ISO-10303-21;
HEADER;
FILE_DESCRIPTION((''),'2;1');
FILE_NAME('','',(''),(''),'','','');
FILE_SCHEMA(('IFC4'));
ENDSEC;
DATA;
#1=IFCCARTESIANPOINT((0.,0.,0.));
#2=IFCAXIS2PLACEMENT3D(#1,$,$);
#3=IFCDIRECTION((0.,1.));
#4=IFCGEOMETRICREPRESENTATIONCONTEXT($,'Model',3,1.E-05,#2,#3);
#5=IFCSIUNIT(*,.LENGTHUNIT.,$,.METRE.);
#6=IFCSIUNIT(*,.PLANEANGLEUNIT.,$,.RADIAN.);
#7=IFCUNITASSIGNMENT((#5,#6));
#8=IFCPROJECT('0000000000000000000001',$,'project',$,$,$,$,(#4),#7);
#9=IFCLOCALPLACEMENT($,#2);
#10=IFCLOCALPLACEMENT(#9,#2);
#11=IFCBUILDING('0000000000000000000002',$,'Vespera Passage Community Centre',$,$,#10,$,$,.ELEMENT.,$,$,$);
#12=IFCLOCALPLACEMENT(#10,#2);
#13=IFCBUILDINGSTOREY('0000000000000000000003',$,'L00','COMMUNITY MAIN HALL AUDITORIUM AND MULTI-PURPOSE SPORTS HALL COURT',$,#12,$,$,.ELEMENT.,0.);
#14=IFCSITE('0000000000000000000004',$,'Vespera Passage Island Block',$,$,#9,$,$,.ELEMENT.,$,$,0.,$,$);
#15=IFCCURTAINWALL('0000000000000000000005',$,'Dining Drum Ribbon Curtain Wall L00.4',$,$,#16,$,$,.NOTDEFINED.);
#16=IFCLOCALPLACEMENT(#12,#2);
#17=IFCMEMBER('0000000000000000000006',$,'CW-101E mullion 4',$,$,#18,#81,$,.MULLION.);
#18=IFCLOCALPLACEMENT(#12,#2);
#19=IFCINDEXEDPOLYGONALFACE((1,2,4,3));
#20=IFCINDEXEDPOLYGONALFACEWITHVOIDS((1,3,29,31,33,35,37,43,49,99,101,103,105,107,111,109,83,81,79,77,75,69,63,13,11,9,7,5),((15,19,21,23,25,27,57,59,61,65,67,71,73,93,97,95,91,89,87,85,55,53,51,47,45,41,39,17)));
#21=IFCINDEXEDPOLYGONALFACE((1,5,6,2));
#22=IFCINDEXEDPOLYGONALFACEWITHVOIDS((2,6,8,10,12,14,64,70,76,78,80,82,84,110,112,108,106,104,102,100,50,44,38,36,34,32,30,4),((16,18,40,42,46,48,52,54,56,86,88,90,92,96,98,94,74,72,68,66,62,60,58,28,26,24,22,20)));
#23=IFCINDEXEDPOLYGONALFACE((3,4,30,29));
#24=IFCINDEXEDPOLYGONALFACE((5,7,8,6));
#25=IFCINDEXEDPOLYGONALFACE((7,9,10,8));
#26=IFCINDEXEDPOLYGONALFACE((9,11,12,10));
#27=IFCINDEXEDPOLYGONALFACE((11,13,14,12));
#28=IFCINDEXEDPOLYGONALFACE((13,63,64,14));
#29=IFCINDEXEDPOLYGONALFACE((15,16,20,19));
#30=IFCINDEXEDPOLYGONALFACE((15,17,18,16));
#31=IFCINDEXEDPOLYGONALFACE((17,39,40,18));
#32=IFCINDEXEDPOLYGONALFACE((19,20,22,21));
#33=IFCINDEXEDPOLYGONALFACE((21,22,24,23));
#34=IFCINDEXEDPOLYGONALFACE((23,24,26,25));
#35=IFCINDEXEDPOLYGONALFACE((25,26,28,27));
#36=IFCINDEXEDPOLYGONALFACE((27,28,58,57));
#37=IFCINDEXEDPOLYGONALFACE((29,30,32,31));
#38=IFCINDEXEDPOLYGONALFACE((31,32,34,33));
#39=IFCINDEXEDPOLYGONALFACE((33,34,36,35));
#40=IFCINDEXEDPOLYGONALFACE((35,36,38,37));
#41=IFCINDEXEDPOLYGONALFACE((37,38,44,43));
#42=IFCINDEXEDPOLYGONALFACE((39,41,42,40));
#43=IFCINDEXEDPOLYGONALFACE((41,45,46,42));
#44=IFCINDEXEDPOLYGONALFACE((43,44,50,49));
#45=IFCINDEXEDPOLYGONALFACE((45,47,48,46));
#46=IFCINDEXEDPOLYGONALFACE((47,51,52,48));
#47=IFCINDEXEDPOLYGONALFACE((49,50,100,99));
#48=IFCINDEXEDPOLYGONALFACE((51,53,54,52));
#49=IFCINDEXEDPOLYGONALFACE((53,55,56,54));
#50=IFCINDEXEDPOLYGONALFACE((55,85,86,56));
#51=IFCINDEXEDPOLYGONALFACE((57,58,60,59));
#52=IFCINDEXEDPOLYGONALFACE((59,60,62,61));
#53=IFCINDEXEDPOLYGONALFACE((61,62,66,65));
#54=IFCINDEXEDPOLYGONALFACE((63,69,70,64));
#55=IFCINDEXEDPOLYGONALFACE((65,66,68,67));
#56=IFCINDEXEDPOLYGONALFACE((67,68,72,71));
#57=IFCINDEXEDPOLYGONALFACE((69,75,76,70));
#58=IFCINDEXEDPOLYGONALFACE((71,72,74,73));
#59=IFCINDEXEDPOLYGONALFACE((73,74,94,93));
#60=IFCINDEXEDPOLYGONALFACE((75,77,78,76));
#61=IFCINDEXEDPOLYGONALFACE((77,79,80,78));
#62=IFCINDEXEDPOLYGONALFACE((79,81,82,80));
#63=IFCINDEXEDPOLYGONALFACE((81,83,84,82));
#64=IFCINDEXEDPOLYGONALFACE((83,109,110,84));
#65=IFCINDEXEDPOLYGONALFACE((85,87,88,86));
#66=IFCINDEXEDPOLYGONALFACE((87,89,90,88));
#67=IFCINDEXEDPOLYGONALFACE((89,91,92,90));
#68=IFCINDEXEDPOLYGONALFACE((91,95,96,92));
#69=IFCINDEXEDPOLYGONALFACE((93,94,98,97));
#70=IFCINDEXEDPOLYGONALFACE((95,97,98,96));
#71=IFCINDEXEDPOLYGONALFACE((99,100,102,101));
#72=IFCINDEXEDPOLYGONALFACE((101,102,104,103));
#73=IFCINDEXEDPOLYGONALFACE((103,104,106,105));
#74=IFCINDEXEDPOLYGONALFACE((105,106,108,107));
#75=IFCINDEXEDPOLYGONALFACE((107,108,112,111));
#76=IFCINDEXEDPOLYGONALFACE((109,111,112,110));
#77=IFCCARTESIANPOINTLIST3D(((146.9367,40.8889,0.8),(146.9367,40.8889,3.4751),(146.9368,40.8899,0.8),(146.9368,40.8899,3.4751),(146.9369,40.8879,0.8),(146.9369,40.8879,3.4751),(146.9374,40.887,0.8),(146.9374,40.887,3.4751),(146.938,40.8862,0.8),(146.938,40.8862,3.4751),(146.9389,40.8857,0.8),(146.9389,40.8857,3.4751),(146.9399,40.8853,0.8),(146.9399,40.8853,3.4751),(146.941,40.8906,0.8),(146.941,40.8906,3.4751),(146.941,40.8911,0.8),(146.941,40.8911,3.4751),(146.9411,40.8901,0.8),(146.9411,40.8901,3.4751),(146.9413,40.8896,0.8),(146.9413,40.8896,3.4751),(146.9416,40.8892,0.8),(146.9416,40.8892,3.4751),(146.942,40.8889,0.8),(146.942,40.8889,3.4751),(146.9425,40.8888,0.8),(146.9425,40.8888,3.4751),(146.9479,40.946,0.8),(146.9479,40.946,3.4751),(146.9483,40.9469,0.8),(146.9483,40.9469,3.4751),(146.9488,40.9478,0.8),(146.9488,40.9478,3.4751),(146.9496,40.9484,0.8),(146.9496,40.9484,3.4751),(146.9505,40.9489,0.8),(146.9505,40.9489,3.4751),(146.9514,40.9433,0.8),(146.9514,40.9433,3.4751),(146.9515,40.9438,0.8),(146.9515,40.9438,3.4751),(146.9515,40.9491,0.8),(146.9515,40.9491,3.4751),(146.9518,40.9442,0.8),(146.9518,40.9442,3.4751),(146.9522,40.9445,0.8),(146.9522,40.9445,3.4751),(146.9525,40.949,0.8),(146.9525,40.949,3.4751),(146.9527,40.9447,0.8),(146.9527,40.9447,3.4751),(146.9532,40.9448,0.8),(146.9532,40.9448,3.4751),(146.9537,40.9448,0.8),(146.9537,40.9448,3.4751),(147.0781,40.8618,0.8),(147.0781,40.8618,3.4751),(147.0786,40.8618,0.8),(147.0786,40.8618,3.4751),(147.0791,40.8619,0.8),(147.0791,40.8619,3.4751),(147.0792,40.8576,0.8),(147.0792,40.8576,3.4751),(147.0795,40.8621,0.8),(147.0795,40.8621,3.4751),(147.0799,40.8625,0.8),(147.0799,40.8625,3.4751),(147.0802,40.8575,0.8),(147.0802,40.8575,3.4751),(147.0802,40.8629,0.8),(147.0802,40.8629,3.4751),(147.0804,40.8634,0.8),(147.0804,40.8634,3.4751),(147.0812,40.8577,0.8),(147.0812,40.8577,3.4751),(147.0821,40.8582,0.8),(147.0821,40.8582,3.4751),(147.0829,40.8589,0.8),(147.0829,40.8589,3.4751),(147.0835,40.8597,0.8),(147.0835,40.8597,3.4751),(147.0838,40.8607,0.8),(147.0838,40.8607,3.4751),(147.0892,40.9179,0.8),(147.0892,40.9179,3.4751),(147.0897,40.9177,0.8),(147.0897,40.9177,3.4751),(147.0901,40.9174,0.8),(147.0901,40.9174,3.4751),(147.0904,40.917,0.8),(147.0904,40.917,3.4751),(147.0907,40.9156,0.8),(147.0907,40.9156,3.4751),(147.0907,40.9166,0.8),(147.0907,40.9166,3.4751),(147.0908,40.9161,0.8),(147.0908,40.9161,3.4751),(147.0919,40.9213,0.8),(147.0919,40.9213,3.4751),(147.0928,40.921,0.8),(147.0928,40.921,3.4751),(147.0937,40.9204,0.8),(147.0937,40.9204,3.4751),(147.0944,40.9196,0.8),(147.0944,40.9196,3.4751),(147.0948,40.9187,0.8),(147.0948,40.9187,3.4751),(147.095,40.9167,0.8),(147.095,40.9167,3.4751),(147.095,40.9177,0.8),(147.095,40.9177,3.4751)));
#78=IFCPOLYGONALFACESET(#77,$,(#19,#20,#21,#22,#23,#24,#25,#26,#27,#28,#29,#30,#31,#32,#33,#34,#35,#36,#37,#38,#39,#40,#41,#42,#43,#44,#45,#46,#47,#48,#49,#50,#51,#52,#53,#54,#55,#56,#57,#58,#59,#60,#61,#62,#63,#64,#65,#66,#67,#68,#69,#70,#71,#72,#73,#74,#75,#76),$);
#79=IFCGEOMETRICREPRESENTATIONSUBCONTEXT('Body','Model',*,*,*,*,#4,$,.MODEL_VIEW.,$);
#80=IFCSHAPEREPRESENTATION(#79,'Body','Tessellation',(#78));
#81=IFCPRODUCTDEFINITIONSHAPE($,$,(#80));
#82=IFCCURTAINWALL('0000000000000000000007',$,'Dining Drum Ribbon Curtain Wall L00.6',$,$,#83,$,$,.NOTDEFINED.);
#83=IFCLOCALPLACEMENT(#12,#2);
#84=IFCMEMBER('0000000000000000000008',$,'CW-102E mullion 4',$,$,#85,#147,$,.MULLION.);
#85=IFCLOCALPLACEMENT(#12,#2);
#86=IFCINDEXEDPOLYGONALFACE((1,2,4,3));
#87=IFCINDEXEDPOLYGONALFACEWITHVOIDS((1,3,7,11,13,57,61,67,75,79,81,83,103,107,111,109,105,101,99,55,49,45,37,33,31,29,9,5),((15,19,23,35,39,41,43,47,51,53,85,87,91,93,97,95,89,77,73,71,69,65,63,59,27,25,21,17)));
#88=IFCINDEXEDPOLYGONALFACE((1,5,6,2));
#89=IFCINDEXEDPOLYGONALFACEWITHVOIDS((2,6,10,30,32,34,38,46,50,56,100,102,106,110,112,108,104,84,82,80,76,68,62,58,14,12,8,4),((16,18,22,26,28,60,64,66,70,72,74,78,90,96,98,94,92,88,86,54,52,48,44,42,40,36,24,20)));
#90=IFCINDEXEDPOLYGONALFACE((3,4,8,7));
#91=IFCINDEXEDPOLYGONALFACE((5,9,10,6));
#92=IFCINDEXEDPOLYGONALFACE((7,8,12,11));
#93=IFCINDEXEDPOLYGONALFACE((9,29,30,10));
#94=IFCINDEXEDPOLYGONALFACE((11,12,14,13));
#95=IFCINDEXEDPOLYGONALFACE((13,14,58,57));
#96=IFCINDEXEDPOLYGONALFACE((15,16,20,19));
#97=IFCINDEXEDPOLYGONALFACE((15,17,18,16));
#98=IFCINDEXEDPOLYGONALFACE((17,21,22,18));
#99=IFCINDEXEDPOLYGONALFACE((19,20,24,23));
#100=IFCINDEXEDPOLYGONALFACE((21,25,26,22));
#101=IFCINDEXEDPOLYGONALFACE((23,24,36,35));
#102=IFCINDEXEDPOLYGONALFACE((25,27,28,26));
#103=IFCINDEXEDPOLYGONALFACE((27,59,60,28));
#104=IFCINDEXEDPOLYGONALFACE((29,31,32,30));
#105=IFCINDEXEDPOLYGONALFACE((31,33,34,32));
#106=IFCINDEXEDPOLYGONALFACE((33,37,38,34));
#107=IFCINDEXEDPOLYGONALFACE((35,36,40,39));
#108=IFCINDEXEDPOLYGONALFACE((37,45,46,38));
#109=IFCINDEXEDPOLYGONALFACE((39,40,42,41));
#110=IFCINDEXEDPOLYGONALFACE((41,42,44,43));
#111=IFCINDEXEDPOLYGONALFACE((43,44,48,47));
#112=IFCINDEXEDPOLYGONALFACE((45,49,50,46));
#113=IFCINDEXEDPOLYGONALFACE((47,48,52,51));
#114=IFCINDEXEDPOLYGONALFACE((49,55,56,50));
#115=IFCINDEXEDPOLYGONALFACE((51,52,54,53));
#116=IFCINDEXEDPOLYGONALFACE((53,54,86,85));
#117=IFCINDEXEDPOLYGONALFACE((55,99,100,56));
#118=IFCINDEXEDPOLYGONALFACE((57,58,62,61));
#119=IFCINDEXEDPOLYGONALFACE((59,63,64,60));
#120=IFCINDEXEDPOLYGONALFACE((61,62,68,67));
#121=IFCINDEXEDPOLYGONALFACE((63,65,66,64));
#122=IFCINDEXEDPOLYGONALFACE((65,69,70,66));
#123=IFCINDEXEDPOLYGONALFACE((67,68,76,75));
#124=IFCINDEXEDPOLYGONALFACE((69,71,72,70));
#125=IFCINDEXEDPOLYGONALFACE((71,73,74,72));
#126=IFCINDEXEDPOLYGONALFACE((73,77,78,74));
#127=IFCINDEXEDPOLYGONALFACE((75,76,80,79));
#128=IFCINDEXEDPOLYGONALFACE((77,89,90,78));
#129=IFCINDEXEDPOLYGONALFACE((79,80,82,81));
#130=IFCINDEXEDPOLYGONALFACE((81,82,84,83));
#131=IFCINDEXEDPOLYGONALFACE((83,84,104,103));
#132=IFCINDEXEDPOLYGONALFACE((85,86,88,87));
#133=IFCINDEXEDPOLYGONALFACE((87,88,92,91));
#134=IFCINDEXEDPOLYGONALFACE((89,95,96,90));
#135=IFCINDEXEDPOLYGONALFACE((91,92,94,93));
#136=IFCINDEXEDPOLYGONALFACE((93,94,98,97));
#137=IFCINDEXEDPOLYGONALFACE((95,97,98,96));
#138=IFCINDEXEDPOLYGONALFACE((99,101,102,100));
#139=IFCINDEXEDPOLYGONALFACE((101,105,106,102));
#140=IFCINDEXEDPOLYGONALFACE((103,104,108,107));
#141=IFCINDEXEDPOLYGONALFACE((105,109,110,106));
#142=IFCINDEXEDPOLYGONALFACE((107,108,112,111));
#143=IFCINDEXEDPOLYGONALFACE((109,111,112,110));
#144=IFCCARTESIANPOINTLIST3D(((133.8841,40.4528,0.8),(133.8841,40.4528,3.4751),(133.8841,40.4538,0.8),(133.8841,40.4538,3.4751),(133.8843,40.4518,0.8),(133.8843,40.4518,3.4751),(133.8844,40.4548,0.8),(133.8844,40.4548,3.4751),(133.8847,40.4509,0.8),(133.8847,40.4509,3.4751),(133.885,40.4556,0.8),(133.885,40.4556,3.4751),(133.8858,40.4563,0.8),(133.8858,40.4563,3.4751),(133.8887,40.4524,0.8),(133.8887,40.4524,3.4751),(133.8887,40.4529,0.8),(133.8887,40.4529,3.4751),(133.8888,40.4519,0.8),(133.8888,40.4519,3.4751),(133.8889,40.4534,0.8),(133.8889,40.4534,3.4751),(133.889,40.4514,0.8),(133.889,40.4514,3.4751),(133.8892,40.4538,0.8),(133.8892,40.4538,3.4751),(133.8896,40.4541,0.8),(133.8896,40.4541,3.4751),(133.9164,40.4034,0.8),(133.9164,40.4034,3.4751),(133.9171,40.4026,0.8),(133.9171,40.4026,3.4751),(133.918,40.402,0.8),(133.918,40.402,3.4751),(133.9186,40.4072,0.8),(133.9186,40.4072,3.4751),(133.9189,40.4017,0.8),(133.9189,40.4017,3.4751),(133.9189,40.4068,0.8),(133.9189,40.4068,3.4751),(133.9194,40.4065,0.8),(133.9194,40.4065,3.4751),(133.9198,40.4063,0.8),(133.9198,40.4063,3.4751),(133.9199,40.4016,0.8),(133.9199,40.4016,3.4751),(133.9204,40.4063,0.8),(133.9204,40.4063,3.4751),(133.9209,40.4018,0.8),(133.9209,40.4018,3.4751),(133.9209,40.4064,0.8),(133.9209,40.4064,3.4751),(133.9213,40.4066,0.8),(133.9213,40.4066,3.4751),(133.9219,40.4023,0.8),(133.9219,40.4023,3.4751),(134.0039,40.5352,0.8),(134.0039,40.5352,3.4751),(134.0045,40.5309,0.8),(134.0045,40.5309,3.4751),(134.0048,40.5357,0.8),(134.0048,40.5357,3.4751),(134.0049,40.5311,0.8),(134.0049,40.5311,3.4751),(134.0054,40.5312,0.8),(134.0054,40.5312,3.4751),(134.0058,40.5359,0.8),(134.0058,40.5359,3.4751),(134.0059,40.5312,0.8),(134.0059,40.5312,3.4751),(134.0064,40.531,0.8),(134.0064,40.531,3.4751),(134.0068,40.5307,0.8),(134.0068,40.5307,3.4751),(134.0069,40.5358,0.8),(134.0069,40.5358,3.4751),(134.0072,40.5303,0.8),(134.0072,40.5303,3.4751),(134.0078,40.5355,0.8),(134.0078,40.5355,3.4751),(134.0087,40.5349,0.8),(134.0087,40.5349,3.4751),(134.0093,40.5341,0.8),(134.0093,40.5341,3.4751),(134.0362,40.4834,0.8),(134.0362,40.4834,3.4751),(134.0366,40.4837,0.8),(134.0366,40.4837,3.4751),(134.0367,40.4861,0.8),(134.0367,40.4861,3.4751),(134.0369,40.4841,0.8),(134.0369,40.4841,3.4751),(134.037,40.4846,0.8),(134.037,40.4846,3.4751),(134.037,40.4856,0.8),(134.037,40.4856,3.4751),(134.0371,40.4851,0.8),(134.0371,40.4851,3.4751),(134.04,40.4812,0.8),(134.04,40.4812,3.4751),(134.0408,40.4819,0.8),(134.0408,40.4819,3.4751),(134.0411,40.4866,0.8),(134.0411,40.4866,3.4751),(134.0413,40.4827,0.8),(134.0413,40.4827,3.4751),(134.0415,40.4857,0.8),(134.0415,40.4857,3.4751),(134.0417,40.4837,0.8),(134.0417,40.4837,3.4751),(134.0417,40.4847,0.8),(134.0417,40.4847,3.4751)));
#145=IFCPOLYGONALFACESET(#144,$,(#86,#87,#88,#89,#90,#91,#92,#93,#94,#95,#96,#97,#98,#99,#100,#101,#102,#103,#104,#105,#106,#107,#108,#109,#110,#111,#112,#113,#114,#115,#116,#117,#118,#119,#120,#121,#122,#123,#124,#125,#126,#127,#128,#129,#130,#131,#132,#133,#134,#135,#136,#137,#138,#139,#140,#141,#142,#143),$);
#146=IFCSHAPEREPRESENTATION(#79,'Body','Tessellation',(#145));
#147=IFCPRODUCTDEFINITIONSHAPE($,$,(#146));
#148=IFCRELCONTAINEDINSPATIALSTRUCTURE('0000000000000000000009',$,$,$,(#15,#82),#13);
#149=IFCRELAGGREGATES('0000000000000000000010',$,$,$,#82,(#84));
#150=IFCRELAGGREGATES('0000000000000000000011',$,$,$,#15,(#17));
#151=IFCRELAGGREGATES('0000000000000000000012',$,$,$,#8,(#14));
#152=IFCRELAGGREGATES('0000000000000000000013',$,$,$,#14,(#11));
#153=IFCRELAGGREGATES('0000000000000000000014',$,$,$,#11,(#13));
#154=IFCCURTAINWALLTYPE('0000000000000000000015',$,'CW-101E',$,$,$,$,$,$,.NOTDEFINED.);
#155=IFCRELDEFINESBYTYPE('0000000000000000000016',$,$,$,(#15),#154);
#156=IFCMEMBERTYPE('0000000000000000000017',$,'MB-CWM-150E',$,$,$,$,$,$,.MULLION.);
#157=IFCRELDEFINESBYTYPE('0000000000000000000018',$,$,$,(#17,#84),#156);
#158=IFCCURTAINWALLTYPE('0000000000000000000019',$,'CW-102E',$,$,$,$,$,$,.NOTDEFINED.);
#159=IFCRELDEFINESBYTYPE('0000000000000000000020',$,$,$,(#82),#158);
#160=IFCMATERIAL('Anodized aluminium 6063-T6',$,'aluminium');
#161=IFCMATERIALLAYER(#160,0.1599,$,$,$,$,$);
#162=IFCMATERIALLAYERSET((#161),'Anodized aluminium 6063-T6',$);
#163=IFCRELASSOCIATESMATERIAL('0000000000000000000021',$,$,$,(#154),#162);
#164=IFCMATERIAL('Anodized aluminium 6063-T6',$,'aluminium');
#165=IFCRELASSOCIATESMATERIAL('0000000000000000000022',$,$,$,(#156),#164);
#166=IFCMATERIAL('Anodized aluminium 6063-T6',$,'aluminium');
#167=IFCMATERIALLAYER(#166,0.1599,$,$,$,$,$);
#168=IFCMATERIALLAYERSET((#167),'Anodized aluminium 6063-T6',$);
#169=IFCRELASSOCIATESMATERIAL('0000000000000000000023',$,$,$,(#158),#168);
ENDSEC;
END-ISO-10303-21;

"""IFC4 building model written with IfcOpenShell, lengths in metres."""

from ifc_helpers import new_model, si_unit, direction, frame, origin, origin_2d, place, context, subcontext, project, spatial, hollow_rectangle, extrude, material, layer, layer_set, material_profile, profile_set, type_object, element, aggregate, save


model = new_model("IFC4")

# Units and contexts
model_context = context("Model", 3, precision=1e-05, world=origin(), true_north=direction((0.0, 1.0)))
body_context = subcontext(model_context, "Body", "Model", "MODEL_VIEW")
ifc_project = project(units=[si_unit("LENGTHUNIT", "METRE"), si_unit("PLANEANGLEUNIT", "RADIAN")], contexts=[model_context])

# Site, building, storey
site_placement = place(None, origin())
site = spatial("IfcSite", under=ifc_project, at=site_placement, Name="Vespera Passage Island Block", CompositionType="ELEMENT", RefElevation=0.0)
building_placement = place(site_placement, origin())
building = spatial("IfcBuilding", under=site, at=building_placement, Name="Vespera Passage Community Centre", CompositionType="ELEMENT")
storey_placement = place(building_placement, origin())
storey = spatial("IfcBuildingStorey", under=building, at=storey_placement, Name="L00", Description="COMMUNITY MAIN HALL AUDITORIUM AND MULTI-PURPOSE SPORTS HALL COURT", CompositionType="ELEMENT", Elevation=0.0)

# Curtain wall, member
ifc_material_1 = material(Name="Anodized aluminium 6063-T6", Category="aluminium")
ifc_layer_1 = layer(ifc_material_1, 0.1599)
ifc_layer_set_1 = layer_set([ifc_layer_1], Name="Anodized aluminium 6063-T6")
curtain_wall_type_1 = type_object("IfcCurtainWallType", Name="CW-101E", PredefinedType="NOTDEFINED", material=ifc_layer_set_1)
curtain_wall_1_placement = place(storey_placement, origin())
curtain_wall_1 = element("IfcCurtainWall", 1, at=curtain_wall_1_placement, inside=storey, type_object=curtain_wall_type_1, Name="Dining Drum Ribbon Curtain Wall L00.4", PredefinedType="NOTDEFINED")
ifc_material_2 = material(Name="Anodized aluminium 6063-T6", Category="aluminium")
ifc_material_profile_1 = material_profile(ifc_material_2, hollow_rectangle(XDim=0.0649, YDim=0.1499, WallThickness=0.0039, InnerFilletRadius=0.002, OuterFilletRadius=0.0039, at=origin_2d()), Name="ALU150X65X4")
ifc_profile_set_1 = profile_set([ifc_material_profile_1], Name="Anodized aluminium 6063-T6")
member_type_1 = type_object("IfcMemberType", Name="MB-CWM-150E", PredefinedType="MULLION", material=ifc_profile_set_1)
member_1_placement = place(storey_placement, frame((147.0159, 40.9033, 0.8), z_axis=(0.0, 0.0, 1.0), x_axis=(0.195097, 0.980784, 0.0)))
member_1 = element("IfcMember", 2, at=member_1_placement, type_object=member_type_1, Name="CW-101E mullion 4", PredefinedType="MULLION", context=body_context, shape_type="SweptSolid", body=[
    extrude(hollow_rectangle(XDim=0.0649, YDim=0.1499, WallThickness=0.0039, InnerFilletRadius=0.002, OuterFilletRadius=0.0039, at=origin_2d()), origin(), (0.0, 0.0, 1.0), 2.675),
])

# Curtain wall, member
ifc_material_3 = material(Name="Anodized aluminium 6063-T6", Category="aluminium")
ifc_layer_2 = layer(ifc_material_3, 0.1599)
ifc_layer_set_2 = layer_set([ifc_layer_2], Name="Anodized aluminium 6063-T6")
curtain_wall_type_2 = type_object("IfcCurtainWallType", Name="CW-102E", PredefinedType="NOTDEFINED", material=ifc_layer_set_2)
curtain_wall_2_placement = place(storey_placement, origin())
curtain_wall_2 = element("IfcCurtainWall", 3, at=curtain_wall_2_placement, inside=storey, type_object=curtain_wall_type_2, Name="Dining Drum Ribbon Curtain Wall L00.6", PredefinedType="NOTDEFINED")
member_2_placement = place(storey_placement, frame((133.9629, 40.4688, 0.8), z_axis=(0.0, 0.0, 1.0), x_axis=(-0.555565, 0.831473, 0.0)))
member_2 = element("IfcMember", 4, at=member_2_placement, type_object=member_type_1, Name="CW-102E mullion 4", PredefinedType="MULLION", context=body_context, shape_type="SweptSolid", body=[
    extrude(hollow_rectangle(XDim=0.0649, YDim=0.1499, WallThickness=0.0039, InnerFilletRadius=0.002, OuterFilletRadius=0.0039, at=origin_2d()), origin(), (0.0, 0.0, 1.0), 2.675),
])
aggregate(curtain_wall_2, [member_2])

aggregate(curtain_wall_1, [member_1])

save(model, "model.ifc")
